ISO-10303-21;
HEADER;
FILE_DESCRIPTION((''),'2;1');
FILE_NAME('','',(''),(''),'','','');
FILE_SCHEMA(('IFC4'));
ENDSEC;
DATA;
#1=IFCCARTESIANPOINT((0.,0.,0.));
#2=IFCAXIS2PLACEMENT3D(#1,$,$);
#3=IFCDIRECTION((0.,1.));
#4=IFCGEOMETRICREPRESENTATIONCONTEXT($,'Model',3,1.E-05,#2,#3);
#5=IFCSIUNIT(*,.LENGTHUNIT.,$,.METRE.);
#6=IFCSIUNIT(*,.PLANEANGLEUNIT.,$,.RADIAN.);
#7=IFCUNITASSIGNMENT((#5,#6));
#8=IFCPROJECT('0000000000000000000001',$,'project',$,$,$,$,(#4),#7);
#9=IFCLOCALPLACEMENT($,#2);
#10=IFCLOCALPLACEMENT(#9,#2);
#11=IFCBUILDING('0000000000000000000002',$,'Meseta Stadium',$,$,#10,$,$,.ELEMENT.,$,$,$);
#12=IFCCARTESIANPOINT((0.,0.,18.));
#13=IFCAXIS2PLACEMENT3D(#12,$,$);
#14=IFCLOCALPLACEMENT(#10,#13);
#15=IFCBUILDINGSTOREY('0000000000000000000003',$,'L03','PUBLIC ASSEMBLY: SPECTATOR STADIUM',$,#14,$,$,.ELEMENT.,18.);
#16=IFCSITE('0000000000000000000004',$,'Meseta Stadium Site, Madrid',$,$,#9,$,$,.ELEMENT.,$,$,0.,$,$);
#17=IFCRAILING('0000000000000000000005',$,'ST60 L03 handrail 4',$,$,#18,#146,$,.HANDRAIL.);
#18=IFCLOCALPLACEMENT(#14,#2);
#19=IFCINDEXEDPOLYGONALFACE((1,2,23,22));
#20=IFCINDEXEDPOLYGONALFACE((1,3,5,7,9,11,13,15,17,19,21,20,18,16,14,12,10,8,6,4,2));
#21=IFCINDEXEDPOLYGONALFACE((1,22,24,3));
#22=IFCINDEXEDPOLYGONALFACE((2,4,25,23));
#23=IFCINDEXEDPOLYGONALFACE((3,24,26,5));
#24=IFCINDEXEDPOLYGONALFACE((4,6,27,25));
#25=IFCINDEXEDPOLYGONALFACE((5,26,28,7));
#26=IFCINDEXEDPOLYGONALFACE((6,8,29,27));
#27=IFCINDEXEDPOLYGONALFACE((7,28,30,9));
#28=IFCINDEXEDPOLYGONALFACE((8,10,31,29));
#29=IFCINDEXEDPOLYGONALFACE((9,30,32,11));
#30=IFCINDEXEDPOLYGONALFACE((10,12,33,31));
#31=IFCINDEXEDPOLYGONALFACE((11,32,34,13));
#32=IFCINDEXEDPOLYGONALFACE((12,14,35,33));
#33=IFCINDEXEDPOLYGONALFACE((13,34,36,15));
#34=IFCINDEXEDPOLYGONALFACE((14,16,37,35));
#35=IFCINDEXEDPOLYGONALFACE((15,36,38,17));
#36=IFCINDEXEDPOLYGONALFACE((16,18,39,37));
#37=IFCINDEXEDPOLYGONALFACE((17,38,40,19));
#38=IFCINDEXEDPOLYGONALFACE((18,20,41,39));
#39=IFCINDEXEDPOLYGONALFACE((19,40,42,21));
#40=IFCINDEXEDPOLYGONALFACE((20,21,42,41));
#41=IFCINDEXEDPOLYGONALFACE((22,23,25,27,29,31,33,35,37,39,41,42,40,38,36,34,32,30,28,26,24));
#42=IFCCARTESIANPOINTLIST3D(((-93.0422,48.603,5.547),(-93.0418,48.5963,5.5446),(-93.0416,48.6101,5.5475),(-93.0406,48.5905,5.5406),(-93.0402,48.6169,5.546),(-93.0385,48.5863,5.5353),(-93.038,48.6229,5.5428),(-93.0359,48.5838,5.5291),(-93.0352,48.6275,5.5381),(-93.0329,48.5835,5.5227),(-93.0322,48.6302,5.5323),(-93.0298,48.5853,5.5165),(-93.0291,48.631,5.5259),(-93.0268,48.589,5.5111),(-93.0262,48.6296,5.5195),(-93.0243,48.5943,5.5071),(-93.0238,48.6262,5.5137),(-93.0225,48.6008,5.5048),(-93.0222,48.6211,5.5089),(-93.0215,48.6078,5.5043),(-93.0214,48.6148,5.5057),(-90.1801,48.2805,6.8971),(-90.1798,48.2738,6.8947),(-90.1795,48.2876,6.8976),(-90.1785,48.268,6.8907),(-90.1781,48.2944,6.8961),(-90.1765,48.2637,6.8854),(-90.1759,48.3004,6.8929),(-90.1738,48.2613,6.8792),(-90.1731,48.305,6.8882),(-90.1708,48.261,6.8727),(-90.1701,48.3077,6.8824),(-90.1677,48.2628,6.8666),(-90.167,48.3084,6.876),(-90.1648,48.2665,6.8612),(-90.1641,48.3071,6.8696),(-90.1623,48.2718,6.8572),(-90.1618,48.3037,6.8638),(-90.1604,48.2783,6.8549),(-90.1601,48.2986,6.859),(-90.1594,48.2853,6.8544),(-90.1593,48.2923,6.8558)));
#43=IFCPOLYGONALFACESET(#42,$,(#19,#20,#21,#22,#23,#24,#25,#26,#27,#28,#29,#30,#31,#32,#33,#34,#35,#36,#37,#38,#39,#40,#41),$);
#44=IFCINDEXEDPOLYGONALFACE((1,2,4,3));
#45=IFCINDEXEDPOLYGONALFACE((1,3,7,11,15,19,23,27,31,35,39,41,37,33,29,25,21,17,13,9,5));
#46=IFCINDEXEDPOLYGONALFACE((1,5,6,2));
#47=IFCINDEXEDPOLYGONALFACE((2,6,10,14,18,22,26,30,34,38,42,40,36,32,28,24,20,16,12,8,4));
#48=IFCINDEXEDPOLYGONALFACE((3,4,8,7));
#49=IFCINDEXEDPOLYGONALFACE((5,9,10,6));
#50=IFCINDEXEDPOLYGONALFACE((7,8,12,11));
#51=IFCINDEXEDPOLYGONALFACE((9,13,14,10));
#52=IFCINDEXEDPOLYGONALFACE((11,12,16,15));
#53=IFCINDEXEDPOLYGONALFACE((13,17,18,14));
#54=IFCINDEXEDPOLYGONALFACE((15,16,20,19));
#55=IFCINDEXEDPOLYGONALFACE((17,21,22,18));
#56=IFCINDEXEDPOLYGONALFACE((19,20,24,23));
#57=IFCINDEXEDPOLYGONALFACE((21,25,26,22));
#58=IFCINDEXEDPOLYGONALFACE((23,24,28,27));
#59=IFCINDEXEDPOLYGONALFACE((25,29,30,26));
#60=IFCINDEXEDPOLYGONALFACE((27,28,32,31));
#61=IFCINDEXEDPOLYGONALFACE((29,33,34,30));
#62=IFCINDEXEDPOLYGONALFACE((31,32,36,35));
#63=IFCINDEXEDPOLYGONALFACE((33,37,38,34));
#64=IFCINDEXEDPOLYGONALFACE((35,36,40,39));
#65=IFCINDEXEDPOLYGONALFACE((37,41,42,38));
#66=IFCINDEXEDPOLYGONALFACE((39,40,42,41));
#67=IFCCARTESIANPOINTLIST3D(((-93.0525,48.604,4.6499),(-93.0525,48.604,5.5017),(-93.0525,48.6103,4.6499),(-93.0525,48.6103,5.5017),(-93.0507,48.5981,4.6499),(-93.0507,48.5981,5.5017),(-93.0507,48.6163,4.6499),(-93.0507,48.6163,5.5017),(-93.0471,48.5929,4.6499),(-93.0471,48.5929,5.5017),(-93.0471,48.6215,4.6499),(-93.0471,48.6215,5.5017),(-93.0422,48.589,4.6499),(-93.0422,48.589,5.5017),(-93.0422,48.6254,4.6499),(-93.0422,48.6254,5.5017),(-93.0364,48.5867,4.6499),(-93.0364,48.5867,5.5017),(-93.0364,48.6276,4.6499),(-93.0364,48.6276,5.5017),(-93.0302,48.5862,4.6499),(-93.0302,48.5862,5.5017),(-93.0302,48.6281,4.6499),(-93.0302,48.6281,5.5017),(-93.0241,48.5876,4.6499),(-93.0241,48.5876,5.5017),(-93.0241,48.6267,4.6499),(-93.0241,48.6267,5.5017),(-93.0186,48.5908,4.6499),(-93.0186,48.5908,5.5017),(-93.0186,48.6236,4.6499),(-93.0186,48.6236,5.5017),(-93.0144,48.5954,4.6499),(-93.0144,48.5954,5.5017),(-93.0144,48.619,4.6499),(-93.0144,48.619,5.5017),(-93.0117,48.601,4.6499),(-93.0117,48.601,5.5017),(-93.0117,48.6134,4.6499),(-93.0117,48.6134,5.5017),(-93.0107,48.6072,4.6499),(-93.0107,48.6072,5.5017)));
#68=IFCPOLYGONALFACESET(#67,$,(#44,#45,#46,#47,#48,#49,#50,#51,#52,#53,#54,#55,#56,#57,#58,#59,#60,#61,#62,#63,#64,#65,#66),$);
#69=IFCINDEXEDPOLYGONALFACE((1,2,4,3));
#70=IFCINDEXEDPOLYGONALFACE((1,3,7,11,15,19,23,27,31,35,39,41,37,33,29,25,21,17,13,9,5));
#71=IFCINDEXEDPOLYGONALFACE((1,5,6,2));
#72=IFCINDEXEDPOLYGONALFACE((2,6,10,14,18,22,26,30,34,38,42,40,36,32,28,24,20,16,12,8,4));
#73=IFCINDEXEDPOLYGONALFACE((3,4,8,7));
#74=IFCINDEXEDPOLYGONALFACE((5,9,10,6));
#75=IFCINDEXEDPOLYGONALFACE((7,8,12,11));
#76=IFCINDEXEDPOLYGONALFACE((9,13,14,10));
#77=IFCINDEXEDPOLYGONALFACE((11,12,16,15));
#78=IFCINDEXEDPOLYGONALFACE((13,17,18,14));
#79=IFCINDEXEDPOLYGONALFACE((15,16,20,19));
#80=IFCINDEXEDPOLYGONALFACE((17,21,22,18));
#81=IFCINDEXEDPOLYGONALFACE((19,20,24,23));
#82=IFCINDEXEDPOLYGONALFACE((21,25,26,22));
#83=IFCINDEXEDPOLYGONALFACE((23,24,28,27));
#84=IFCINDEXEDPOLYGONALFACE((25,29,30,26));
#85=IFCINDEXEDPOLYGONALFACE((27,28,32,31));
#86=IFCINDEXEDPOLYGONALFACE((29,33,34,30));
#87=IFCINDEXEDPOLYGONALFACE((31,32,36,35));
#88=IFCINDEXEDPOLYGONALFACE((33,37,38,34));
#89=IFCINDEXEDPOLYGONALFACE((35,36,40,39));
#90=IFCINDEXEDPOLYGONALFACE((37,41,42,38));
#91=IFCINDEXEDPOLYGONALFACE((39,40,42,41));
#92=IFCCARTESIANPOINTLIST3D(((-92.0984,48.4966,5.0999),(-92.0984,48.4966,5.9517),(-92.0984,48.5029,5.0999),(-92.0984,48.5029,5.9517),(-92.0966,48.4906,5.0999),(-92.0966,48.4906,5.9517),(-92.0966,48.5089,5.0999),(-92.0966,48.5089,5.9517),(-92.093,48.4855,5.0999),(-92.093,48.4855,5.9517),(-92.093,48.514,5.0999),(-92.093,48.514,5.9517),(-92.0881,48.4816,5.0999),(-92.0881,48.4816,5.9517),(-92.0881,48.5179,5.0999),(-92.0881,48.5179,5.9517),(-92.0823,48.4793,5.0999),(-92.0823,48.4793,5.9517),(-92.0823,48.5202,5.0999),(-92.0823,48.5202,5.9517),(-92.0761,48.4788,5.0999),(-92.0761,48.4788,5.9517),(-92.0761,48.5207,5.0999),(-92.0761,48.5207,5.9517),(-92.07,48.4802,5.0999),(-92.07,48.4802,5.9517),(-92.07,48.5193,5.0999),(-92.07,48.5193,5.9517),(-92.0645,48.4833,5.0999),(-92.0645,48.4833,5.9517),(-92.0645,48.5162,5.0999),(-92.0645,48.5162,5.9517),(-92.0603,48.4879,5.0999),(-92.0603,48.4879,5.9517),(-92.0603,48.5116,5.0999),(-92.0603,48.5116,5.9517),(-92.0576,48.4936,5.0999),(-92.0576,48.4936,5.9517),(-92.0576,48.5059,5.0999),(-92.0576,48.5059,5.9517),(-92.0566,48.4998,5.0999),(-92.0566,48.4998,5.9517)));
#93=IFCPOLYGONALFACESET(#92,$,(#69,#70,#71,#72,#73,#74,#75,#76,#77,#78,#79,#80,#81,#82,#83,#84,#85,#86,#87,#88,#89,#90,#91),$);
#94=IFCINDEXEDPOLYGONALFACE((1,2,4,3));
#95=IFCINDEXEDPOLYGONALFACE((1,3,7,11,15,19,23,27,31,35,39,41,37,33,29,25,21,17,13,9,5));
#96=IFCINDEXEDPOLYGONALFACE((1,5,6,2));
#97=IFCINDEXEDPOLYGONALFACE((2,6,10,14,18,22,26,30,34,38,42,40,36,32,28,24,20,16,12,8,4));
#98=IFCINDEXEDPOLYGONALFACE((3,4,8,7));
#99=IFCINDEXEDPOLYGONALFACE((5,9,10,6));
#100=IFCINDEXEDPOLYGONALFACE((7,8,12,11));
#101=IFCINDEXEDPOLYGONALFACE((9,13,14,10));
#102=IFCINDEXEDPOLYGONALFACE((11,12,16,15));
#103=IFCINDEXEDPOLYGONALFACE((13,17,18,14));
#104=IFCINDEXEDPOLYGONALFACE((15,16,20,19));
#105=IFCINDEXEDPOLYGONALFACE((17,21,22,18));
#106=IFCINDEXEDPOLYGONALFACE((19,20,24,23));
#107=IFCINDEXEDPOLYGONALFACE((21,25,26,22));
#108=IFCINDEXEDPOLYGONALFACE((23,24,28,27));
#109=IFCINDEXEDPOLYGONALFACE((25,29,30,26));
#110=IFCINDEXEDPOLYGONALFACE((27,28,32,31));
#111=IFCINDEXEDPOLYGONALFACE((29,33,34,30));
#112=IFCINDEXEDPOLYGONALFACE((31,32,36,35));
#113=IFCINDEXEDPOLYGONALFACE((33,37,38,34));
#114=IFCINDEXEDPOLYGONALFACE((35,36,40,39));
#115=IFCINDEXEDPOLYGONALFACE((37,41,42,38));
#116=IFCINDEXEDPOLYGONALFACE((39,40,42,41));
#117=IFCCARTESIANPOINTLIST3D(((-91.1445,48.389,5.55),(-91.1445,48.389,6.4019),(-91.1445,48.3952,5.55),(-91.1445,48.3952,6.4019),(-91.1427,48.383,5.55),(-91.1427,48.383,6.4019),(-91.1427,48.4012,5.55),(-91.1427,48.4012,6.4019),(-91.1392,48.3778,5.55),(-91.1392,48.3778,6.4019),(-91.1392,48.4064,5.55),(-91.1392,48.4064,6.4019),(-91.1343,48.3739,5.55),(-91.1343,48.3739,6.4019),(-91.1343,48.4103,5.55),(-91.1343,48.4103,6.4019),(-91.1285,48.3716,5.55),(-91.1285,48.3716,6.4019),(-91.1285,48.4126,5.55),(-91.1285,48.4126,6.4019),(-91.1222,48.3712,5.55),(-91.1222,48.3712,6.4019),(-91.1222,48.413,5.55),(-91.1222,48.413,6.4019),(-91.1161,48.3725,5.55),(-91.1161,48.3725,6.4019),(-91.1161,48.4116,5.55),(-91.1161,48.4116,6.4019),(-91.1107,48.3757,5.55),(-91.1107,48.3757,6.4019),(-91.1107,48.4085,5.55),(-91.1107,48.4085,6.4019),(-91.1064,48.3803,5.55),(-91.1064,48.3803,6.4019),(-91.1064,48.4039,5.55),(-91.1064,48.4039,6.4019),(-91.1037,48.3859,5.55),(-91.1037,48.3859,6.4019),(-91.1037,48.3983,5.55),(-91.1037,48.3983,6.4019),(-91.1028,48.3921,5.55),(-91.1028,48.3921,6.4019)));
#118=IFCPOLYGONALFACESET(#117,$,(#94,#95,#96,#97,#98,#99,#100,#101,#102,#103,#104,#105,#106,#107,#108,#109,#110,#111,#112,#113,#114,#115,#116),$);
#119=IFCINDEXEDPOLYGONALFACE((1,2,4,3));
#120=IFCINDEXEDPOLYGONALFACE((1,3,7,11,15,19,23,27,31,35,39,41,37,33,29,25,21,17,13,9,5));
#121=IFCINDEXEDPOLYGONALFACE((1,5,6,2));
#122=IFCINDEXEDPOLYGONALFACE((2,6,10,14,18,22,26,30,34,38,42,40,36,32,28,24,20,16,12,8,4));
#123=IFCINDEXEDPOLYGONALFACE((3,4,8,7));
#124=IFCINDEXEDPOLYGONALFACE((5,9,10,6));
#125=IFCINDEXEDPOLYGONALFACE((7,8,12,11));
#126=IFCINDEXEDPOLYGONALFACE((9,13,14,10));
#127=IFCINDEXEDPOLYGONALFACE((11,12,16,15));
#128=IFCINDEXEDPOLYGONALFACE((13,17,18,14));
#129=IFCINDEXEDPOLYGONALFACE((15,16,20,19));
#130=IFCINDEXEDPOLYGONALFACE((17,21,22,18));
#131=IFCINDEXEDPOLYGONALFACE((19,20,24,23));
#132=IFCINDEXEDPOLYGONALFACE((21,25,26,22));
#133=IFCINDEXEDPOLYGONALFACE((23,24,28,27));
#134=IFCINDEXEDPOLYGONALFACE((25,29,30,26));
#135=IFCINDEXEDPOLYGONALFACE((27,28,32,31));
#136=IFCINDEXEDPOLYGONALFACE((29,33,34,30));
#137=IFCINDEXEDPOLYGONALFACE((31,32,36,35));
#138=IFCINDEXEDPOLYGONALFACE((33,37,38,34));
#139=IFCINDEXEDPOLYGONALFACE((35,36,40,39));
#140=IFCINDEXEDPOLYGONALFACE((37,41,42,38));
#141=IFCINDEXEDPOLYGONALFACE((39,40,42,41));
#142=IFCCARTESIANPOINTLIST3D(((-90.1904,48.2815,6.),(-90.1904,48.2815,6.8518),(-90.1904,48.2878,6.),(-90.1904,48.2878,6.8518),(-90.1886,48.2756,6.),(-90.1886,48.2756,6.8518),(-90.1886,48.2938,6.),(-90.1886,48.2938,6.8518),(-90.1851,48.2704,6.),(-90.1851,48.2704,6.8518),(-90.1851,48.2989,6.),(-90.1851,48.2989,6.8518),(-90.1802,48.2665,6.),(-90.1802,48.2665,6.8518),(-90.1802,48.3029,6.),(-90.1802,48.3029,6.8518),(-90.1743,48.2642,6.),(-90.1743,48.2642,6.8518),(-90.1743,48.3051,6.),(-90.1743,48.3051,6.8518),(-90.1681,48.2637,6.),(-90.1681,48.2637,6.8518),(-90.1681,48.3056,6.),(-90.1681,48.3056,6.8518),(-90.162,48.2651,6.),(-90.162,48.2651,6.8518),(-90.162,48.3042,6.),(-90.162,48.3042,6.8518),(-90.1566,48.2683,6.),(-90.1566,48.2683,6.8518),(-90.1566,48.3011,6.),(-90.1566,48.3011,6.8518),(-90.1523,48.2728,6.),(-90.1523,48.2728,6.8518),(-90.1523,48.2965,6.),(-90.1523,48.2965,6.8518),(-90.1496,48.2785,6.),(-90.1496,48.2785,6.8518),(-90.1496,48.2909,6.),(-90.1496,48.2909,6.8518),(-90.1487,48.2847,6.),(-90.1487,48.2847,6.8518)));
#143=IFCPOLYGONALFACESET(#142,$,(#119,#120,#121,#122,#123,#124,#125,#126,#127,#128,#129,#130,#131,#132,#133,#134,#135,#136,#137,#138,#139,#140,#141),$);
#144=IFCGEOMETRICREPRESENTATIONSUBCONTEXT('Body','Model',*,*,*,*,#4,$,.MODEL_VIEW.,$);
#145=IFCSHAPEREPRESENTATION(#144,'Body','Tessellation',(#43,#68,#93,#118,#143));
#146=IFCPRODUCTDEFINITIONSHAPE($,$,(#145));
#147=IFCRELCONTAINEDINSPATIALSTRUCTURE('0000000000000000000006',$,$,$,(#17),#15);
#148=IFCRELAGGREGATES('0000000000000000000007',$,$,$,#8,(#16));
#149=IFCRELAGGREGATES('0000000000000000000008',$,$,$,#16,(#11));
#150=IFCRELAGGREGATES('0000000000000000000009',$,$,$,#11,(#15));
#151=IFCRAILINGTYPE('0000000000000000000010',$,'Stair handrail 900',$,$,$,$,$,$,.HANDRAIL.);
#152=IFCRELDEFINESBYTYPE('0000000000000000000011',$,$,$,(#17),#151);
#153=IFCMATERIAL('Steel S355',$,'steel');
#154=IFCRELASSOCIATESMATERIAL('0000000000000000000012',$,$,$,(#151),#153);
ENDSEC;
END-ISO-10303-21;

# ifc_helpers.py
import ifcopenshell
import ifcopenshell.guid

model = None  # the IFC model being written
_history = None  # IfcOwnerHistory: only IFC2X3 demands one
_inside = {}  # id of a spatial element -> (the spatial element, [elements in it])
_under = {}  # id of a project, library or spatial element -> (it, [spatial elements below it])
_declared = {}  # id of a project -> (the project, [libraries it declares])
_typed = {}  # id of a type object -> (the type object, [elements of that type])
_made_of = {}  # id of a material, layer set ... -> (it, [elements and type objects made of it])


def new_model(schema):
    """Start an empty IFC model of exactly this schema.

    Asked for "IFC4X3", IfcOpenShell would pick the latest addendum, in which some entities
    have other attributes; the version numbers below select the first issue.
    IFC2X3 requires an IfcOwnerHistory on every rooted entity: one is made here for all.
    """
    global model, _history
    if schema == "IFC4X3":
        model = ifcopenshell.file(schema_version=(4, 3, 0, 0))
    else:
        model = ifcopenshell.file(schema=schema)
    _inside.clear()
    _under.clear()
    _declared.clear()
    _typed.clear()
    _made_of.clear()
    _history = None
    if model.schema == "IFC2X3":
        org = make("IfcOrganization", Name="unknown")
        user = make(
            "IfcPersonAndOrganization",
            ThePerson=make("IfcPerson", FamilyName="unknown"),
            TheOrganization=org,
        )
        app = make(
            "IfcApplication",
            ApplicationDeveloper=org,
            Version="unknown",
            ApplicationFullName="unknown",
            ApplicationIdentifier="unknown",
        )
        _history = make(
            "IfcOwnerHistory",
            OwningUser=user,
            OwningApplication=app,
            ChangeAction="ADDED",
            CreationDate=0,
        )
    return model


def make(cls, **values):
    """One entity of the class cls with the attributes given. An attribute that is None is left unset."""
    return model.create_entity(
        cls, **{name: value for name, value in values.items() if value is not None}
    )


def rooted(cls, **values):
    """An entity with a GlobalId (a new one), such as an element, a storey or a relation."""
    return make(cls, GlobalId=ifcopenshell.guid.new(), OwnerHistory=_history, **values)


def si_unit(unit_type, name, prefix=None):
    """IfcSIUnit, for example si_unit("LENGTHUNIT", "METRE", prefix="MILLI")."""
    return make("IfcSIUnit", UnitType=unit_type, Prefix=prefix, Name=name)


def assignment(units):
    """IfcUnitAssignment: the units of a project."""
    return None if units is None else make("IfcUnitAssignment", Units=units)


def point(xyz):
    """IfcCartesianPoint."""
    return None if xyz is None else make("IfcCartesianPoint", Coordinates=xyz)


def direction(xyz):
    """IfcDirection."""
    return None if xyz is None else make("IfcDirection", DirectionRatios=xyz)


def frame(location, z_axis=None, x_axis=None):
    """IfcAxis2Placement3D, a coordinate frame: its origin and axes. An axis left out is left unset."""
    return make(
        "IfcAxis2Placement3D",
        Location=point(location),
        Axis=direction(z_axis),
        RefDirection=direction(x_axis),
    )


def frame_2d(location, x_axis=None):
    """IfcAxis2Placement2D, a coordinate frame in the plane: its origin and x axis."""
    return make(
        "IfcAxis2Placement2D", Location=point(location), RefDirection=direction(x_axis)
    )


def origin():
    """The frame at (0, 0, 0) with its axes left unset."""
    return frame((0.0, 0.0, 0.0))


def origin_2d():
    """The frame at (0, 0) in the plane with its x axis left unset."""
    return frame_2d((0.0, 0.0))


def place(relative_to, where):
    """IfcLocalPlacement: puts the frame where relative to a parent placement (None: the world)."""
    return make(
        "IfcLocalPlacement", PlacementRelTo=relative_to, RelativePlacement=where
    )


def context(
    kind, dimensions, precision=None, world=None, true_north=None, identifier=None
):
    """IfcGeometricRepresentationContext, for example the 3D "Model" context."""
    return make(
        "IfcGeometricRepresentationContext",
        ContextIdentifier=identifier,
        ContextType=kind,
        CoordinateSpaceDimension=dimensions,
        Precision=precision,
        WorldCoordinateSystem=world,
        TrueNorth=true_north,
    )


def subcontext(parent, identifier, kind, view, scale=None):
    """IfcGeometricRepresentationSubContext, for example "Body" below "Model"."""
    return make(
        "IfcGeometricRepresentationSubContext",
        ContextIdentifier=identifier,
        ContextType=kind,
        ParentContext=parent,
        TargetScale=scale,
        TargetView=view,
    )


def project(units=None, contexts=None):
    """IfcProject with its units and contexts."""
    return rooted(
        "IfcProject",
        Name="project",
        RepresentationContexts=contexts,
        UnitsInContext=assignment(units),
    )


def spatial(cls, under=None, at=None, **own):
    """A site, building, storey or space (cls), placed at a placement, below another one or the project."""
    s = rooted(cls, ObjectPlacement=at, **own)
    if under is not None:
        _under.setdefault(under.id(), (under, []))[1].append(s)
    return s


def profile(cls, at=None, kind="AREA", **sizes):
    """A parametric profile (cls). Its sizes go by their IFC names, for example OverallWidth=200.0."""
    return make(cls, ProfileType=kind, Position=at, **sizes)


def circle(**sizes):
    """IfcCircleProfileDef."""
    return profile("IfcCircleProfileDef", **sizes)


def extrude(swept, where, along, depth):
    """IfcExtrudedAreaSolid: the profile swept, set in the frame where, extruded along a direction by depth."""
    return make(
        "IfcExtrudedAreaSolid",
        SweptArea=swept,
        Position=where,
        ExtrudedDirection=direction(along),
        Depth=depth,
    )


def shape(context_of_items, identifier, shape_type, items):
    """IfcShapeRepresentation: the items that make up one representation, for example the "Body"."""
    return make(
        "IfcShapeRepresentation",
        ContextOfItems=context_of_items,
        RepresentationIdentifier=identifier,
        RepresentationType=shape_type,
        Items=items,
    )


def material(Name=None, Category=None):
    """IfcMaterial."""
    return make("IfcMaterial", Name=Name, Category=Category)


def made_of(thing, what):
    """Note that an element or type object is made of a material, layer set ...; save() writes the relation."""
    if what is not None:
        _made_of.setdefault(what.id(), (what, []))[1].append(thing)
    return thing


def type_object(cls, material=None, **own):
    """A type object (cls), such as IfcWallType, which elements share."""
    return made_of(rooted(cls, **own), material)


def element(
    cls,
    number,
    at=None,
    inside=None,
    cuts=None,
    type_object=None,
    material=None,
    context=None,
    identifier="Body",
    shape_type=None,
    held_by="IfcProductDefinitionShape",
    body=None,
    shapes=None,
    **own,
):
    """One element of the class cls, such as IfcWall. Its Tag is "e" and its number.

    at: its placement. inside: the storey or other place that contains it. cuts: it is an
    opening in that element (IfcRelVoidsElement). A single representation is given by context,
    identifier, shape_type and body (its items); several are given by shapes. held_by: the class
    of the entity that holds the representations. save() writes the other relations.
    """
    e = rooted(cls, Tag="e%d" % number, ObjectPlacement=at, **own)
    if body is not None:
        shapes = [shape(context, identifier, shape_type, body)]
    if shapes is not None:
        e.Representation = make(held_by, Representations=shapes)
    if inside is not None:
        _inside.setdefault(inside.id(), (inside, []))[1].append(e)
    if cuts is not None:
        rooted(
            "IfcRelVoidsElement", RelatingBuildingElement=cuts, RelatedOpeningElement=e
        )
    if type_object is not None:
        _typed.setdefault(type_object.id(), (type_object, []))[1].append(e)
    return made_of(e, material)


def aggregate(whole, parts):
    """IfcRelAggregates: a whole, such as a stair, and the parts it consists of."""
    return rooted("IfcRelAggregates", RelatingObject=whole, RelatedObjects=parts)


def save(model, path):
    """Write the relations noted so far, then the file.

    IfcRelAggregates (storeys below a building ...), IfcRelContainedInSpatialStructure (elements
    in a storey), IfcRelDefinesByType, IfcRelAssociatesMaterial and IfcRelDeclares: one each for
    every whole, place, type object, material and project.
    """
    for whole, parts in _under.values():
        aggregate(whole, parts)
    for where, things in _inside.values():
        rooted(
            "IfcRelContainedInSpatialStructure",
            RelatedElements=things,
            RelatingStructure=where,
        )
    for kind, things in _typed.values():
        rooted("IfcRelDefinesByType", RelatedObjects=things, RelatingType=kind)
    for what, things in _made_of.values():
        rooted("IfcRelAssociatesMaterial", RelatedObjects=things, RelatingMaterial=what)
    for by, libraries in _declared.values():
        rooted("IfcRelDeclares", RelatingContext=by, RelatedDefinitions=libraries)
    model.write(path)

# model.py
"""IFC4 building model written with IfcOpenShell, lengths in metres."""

from ifc_helpers import new_model, si_unit, direction, frame, origin, origin_2d, place, context, subcontext, project, spatial, circle, extrude, material, type_object, element, save


model = new_model("IFC4")

# Units and contexts
model_context = context("Model", 3, precision=1e-05, world=origin(), true_north=direction((0.0, 1.0)))
body_context = subcontext(model_context, "Body", "Model", "MODEL_VIEW")
ifc_project = project(units=[si_unit("LENGTHUNIT", "METRE"), si_unit("PLANEANGLEUNIT", "RADIAN")], contexts=[model_context])

# Site, building, storey
site_placement = place(None, origin())
site = spatial("IfcSite", under=ifc_project, at=site_placement, Name="Meseta Stadium Site, Madrid", CompositionType="ELEMENT", RefElevation=0.0)
building_placement = place(site_placement, origin())
building = spatial("IfcBuilding", under=site, at=building_placement, Name="Meseta Stadium", CompositionType="ELEMENT")
storey_placement = place(building_placement, frame((0.0, 0.0, 18.0)))
storey = spatial("IfcBuildingStorey", under=building, at=storey_placement, Name="L03", Description="PUBLIC ASSEMBLY: SPECTATOR STADIUM", CompositionType="ELEMENT", Elevation=18.0)

# Railing
ifc_material_1 = material(Name="Steel S355", Category="steel")
railing_type_1 = type_object("IfcRailingType", Name="Stair handrail 900", PredefinedType="HANDRAIL", material=ifc_material_1)
for number, where, name in (
    (1, (-93.0317, 48.6072, 4.6499), "ST60 L03 handrail 4"),
):
    element("IfcRailing", number, at=place(storey_placement, frame(where)), inside=storey, type_object=railing_type_1, Name=name, PredefinedType="HANDRAIL", context=body_context, shape_type="SweptSolid", body=[
        extrude(circle(Radius=0.0239, at=origin_2d()), frame((0.0, 0.0, 0.876), z_axis=(0.899763, -0.101389, 0.424438), x_axis=(0.111976, 0.993711, 0.0)), (0.0, 0.0, 1.0), 3.1809),
        extrude(circle(Radius=0.021, at=origin_2d()), origin(), (0.0, 0.0, 1.0), 0.8518),
        extrude(circle(Radius=0.021, at=origin_2d()), frame((0.9541, -0.1074, 0.45)), (0.0, 0.0, 1.0), 0.8518),
        extrude(circle(Radius=0.021, at=origin_2d()), frame((1.908, -0.2151, 0.9001)), (0.0, 0.0, 1.0), 0.8518),
        extrude(circle(Radius=0.021, at=origin_2d()), frame((2.8621, -0.3225, 1.3501)), (0.0, 0.0, 1.0), 0.8518),
    ])

save(model, "model.ifc")
